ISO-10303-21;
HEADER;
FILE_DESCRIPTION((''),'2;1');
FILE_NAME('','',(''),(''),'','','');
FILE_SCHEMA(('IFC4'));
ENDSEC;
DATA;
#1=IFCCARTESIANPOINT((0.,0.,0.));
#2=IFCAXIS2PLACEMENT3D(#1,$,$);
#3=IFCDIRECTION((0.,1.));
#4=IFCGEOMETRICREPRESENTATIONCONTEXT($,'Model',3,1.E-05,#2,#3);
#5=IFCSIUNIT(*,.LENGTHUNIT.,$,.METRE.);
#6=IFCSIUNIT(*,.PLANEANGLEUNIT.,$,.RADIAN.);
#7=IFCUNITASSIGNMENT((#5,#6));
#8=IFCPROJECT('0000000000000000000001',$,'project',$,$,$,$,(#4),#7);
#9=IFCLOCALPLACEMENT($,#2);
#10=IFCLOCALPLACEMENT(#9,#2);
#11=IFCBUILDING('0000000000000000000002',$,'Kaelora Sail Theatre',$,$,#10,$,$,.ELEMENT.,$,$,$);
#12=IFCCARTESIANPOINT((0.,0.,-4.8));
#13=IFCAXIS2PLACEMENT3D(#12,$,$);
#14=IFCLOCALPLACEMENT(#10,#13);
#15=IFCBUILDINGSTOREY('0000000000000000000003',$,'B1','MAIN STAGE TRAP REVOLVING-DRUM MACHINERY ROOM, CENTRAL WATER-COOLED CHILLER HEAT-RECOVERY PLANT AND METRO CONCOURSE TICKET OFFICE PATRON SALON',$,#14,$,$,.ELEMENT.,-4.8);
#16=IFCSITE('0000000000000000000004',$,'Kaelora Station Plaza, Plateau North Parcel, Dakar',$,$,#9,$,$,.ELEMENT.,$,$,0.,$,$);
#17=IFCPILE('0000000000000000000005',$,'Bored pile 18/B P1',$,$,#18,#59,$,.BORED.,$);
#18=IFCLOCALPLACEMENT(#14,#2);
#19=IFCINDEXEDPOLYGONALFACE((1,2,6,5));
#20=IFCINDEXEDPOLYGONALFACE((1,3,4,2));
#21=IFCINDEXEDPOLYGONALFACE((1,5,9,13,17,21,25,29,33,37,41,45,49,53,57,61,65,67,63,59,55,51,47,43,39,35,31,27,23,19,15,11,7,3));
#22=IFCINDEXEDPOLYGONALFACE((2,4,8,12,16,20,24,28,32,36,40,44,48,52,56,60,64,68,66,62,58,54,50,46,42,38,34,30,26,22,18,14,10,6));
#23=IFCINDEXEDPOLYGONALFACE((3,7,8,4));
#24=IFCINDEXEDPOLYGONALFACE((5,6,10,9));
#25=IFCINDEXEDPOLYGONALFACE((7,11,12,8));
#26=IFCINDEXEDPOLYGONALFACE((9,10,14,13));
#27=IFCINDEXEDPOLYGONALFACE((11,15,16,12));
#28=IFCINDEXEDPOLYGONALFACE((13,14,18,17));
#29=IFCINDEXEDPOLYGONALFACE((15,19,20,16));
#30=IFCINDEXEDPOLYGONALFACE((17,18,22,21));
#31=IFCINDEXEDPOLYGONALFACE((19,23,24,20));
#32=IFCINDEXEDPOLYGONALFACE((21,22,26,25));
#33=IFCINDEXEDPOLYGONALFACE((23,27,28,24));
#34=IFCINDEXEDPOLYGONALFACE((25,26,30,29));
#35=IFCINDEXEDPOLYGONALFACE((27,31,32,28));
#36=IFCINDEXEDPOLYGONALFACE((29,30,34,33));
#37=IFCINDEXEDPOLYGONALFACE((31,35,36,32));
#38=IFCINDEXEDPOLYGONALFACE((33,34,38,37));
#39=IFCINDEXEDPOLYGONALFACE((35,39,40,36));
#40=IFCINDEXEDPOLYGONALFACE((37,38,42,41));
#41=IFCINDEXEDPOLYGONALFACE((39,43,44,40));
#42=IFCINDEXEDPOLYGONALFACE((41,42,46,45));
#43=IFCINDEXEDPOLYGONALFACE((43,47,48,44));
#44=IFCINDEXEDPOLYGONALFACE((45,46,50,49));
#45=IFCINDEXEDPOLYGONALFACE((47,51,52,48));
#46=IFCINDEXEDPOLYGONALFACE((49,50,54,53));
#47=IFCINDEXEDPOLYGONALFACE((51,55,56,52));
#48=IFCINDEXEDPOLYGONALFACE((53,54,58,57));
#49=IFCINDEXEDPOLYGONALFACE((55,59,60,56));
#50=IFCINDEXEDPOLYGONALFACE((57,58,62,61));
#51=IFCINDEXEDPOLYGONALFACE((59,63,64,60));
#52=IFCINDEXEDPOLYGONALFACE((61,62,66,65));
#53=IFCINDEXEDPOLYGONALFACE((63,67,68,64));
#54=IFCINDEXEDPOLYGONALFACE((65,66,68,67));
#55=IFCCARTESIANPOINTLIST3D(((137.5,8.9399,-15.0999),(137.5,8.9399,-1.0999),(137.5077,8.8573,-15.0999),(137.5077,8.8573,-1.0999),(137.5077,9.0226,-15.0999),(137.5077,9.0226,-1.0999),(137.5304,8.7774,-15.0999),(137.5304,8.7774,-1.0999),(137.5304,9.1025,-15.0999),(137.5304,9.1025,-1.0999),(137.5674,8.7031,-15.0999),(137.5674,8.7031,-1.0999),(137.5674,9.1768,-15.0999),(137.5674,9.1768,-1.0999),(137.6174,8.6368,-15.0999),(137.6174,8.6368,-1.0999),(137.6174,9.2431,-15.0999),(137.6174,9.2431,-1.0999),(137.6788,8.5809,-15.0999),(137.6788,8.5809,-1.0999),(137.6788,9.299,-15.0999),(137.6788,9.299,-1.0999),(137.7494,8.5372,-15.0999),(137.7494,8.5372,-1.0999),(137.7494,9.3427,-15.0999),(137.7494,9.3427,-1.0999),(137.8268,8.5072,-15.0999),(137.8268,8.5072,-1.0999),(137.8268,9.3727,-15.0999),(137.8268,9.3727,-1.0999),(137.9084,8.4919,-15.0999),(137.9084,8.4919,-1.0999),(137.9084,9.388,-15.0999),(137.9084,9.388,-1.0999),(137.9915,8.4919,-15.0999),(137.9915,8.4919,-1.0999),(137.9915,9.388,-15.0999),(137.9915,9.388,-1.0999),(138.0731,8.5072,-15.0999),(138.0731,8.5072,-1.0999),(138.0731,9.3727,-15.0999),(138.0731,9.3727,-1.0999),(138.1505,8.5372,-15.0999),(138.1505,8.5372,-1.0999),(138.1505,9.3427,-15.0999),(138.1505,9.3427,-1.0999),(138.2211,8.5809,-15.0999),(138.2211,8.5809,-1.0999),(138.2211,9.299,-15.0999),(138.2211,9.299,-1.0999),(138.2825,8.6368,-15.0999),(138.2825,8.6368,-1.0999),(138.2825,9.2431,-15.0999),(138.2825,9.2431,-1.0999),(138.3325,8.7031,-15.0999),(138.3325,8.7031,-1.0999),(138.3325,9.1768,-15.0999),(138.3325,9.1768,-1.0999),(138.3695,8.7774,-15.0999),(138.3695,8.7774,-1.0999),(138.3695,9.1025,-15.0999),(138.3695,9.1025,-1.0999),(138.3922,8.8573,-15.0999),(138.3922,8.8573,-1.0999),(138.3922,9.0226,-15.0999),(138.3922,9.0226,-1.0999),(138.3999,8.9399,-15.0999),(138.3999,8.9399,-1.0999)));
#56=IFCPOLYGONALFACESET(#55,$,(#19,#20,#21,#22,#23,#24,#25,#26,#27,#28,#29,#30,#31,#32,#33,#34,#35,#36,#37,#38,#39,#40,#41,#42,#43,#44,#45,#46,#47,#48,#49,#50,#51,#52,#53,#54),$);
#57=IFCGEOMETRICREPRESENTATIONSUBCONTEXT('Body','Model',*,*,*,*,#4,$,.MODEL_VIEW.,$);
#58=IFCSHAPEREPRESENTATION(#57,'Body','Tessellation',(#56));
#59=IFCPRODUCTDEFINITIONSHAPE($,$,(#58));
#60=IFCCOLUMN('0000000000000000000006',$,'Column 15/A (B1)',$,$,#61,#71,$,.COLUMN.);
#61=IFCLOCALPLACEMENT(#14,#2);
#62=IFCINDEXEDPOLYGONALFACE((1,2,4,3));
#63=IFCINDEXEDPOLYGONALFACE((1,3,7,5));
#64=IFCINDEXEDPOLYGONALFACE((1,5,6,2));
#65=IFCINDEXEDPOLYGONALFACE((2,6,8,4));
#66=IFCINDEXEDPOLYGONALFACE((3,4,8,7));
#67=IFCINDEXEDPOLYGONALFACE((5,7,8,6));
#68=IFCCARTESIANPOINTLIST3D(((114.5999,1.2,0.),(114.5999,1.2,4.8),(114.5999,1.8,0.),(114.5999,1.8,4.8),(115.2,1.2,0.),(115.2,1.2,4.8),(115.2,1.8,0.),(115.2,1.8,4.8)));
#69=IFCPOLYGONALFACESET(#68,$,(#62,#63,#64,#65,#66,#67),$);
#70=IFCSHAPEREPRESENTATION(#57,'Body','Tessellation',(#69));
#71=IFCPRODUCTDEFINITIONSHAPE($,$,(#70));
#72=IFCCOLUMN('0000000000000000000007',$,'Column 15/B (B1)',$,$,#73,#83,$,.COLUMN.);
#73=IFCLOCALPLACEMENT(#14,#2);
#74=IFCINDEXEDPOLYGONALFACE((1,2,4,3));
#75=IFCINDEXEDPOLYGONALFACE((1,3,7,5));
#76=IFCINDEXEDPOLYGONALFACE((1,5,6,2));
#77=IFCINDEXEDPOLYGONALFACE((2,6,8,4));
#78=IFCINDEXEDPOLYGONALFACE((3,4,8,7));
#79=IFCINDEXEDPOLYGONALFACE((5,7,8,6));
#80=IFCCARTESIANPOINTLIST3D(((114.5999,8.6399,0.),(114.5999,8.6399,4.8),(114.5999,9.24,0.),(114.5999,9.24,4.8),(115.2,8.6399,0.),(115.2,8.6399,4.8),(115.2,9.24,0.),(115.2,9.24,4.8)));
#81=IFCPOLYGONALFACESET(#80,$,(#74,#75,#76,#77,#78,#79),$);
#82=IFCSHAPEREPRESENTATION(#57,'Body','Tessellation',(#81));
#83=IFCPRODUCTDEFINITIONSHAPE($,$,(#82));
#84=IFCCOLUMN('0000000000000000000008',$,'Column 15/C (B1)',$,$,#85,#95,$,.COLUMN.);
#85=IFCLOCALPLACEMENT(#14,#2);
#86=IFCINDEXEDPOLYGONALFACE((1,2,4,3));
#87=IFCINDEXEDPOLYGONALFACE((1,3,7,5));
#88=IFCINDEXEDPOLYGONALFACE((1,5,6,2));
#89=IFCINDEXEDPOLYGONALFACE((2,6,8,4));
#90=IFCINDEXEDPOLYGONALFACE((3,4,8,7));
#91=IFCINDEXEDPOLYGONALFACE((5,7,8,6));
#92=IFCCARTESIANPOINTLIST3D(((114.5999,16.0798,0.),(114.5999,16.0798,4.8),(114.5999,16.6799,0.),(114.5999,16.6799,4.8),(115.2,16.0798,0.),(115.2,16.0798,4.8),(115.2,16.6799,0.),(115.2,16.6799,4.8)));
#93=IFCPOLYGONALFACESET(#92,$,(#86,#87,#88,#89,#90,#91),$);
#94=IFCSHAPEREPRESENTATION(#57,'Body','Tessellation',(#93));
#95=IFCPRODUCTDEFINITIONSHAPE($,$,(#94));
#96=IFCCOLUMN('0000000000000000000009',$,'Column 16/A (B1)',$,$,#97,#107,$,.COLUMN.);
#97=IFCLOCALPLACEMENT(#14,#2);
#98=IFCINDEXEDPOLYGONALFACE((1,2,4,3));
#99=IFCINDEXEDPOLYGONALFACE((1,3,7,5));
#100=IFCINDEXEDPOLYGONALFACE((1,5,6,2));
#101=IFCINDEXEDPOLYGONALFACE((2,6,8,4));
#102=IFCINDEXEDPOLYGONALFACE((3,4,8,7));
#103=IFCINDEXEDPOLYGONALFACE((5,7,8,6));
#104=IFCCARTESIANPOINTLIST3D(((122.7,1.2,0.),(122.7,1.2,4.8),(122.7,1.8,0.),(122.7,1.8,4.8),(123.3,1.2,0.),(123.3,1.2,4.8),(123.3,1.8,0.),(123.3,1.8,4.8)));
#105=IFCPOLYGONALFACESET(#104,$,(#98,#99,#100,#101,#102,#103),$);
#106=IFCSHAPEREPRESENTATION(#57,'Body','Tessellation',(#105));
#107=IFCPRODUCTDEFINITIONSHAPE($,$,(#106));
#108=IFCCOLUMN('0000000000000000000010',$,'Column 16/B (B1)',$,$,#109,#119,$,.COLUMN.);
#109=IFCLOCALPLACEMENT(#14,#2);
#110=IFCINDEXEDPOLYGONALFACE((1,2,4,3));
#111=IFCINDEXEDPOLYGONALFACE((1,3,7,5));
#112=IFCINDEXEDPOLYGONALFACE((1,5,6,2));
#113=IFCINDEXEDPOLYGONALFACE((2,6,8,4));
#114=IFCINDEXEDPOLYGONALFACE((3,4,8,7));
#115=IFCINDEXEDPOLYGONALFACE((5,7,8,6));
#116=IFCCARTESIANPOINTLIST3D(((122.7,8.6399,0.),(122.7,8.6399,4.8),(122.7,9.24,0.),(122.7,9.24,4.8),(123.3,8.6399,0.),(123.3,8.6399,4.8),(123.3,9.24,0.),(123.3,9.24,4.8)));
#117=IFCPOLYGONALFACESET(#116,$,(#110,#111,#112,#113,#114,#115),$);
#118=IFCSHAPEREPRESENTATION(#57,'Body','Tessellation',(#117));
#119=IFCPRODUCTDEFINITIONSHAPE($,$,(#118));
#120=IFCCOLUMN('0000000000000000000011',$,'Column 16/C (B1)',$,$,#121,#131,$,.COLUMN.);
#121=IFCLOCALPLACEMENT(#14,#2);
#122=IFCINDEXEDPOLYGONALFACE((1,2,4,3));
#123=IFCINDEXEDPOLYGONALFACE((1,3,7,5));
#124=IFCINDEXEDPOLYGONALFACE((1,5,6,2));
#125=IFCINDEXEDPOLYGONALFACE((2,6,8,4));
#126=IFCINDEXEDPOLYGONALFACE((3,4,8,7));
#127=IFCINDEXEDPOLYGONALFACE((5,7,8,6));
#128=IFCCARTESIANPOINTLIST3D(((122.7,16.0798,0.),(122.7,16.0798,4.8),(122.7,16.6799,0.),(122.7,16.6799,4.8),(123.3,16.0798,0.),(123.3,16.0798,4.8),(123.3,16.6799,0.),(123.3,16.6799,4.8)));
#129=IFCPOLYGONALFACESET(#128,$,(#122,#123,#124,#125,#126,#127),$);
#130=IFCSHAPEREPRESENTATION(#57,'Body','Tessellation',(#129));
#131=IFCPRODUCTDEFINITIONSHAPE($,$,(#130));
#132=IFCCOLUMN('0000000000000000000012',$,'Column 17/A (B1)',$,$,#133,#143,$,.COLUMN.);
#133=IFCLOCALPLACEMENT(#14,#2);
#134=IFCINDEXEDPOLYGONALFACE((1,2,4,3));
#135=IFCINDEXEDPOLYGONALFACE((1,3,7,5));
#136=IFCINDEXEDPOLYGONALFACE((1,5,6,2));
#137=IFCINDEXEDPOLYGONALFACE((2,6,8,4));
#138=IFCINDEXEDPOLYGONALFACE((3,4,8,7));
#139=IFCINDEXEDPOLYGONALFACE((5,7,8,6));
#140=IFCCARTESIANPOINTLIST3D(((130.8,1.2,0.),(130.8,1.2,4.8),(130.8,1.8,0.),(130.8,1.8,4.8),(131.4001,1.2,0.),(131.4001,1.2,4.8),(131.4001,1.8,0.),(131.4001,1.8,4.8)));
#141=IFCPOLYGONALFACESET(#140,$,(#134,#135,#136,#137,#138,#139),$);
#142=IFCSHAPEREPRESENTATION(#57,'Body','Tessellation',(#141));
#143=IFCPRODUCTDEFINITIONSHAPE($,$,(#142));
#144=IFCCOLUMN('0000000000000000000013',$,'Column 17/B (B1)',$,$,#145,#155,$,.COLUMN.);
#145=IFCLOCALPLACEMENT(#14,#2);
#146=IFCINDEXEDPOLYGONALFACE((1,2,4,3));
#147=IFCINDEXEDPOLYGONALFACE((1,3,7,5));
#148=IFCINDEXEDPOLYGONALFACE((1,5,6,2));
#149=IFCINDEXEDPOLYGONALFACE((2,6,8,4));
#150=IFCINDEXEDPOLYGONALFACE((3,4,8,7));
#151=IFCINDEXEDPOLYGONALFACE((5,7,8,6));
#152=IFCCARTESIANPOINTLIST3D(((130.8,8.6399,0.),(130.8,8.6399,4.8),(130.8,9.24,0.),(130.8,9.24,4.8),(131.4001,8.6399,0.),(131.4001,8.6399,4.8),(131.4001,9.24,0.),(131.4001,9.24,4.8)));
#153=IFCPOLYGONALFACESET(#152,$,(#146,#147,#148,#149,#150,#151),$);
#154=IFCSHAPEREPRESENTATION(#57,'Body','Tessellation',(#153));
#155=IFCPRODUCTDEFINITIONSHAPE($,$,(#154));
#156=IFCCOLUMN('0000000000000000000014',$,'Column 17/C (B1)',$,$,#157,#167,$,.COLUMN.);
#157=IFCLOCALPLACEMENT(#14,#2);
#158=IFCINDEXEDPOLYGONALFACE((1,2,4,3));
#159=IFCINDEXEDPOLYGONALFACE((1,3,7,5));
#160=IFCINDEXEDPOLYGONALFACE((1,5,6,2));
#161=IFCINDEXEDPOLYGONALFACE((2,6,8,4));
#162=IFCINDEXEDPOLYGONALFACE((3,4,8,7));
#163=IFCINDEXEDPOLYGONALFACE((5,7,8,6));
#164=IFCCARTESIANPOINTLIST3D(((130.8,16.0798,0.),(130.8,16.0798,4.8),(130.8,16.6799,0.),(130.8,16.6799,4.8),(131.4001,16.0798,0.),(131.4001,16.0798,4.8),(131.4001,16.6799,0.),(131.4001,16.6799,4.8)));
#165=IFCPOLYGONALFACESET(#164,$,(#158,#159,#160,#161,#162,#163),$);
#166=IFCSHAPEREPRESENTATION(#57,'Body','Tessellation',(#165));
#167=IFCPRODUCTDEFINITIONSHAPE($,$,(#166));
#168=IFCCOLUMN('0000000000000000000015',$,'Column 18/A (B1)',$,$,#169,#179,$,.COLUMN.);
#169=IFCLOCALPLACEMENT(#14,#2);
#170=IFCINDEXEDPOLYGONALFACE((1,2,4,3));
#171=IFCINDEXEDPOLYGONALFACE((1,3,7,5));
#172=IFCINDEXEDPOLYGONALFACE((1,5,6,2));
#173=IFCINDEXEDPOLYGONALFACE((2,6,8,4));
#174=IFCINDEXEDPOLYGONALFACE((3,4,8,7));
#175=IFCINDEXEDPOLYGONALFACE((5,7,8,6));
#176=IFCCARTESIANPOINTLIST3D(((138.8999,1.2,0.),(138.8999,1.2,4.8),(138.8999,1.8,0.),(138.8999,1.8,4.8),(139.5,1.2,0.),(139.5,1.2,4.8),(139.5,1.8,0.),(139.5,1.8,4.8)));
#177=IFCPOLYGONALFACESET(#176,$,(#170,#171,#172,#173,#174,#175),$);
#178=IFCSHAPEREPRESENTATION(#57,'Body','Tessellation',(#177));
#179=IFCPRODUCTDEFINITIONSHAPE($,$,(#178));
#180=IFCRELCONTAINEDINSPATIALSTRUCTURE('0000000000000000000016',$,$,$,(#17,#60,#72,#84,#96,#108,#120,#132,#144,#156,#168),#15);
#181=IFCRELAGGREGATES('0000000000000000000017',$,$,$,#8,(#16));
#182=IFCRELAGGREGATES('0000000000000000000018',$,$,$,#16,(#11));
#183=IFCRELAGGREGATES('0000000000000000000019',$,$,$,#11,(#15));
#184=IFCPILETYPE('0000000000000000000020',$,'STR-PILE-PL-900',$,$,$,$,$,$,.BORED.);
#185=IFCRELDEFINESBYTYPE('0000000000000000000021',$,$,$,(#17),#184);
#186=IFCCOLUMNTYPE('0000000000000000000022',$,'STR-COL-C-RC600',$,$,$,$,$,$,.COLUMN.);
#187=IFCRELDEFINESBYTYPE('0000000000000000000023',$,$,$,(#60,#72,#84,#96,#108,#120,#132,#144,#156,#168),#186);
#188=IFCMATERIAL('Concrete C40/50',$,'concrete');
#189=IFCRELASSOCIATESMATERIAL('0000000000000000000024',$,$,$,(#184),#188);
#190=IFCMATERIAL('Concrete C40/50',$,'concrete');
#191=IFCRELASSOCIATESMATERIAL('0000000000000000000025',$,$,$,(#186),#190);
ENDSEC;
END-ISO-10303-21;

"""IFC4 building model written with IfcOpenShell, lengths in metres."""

from ifc_helpers import new_model, si_unit, direction, frame, origin, origin_2d, place, context, subcontext, project, spatial, rectangle, circle, extrude, material, material_profile, profile_set, type_object, element, save


model = new_model("IFC4")

# Units and contexts
model_context = context("Model", 3, precision=1e-05, world=origin(), true_north=direction((0.0, 1.0)))
body_context = subcontext(model_context, "Body", "Model", "MODEL_VIEW")
ifc_project = project(units=[si_unit("LENGTHUNIT", "METRE"), si_unit("PLANEANGLEUNIT", "RADIAN")], contexts=[model_context])

# Site, building, storey
site_placement = place(None, origin())
site = spatial("IfcSite", under=ifc_project, at=site_placement, Name="Kaelora Station Plaza, Plateau North Parcel, Dakar", CompositionType="ELEMENT", RefElevation=0.0)
building_placement = place(site_placement, origin())
building = spatial("IfcBuilding", under=site, at=building_placement, Name="Kaelora Sail Theatre", CompositionType="ELEMENT")
storey_placement = place(building_placement, frame((0.0, 0.0, -4.8)))
storey = spatial("IfcBuildingStorey", under=building, at=storey_placement, Name="B1", Description="MAIN STAGE TRAP REVOLVING-DRUM MACHINERY ROOM, CENTRAL WATER-COOLED CHILLER HEAT-RECOVERY PLANT AND METRO CONCOURSE TICKET OFFICE PATRON SALON", CompositionType="ELEMENT", Elevation=-4.8)

# Pile
ifc_material_1 = material(Name="Concrete C40/50", Category="concrete")
ifc_material_profile_1 = material_profile(ifc_material_1, circle(Radius=0.45, at=origin_2d()), Name="PILE D900")
ifc_profile_set_1 = profile_set([ifc_material_profile_1], Name="Concrete C40/50")
pile_type = type_object("IfcPileType", Name="STR-PILE-PL-900", PredefinedType="BORED", material=ifc_profile_set_1)
for number, where, z_axis, x_axis, name in (
    (1, (137.95, 8.9399, -1.0999), (0.0, 0.0, -1.0), (1.0, 0.0, 0.0), "Bored pile 18/B P1"),
):
    element("IfcPile", number, at=place(storey_placement, frame(where, z_axis=z_axis, x_axis=x_axis)), inside=storey, type_object=pile_type, Name=name, PredefinedType="BORED", context=body_context, shape_type="SweptSolid", body=[
        extrude(circle(Radius=0.45, at=origin_2d()), origin(), (0.0, 0.0, 1.0), 14.0),
    ])

# Columns
ifc_material_2 = material(Name="Concrete C40/50", Category="concrete")
ifc_material_profile_2 = material_profile(ifc_material_2, rectangle(XDim=0.6001, YDim=0.6001, at=origin_2d()), Name="RC-COL 600x600")
ifc_profile_set_2 = profile_set([ifc_material_profile_2], Name="Concrete C40/50")
column_type = type_object("IfcColumnType", Name="STR-COL-C-RC600", PredefinedType="COLUMN", material=ifc_profile_set_2)
for number, where, z_axis, x_axis, name in (
    (2, (114.8999, 1.5, 0.0), (0.0, 0.0, 1.0), (1.0, 0.0, 0.0), "Column 15/A (B1)"),
    (3, (114.8999, 8.9399, 0.0), (0.0, 0.0, 1.0), (1.0, 0.0, 0.0), "Column 15/B (B1)"),
    (4, (114.8999, 16.3799, 0.0), (0.0, 0.0, 1.0), (1.0, 0.0, 0.0), "Column 15/C (B1)"),
    (5, (123.0, 1.5, 0.0), (0.0, 0.0, 1.0), (1.0, 0.0, 0.0), "Column 16/A (B1)"),
    (6, (123.0, 8.9399, 0.0), (0.0, 0.0, 1.0), (1.0, 0.0, 0.0), "Column 16/B (B1)"),
    (7, (123.0, 16.3799, 0.0), (0.0, 0.0, 1.0), (1.0, 0.0, 0.0), "Column 16/C (B1)"),
    (8, (131.1001, 1.5, 0.0), (0.0, 0.0, 1.0), (1.0, 0.0, 0.0), "Column 17/A (B1)"),
    (9, (131.1001, 8.9399, 0.0), (0.0, 0.0, 1.0), (1.0, 0.0, 0.0), "Column 17/B (B1)"),
    (10, (131.1001, 16.3799, 0.0), (0.0, 0.0, 1.0), (1.0, 0.0, 0.0), "Column 17/C (B1)"),
    (11, (139.2, 1.5, 0.0), (0.0, 0.0, 1.0), (1.0, 0.0, 0.0), "Column 18/A (B1)"),
):
    element("IfcColumn", number, at=place(storey_placement, frame(where, z_axis=z_axis, x_axis=x_axis)), inside=storey, type_object=column_type, Name=name, PredefinedType="COLUMN", context=body_context, shape_type="SweptSolid", body=[
        extrude(rectangle(XDim=0.6001, YDim=0.6001, at=origin_2d()), origin(), (0.0, 0.0, 1.0), 4.8),
    ])

save(model, "model.ifc")
